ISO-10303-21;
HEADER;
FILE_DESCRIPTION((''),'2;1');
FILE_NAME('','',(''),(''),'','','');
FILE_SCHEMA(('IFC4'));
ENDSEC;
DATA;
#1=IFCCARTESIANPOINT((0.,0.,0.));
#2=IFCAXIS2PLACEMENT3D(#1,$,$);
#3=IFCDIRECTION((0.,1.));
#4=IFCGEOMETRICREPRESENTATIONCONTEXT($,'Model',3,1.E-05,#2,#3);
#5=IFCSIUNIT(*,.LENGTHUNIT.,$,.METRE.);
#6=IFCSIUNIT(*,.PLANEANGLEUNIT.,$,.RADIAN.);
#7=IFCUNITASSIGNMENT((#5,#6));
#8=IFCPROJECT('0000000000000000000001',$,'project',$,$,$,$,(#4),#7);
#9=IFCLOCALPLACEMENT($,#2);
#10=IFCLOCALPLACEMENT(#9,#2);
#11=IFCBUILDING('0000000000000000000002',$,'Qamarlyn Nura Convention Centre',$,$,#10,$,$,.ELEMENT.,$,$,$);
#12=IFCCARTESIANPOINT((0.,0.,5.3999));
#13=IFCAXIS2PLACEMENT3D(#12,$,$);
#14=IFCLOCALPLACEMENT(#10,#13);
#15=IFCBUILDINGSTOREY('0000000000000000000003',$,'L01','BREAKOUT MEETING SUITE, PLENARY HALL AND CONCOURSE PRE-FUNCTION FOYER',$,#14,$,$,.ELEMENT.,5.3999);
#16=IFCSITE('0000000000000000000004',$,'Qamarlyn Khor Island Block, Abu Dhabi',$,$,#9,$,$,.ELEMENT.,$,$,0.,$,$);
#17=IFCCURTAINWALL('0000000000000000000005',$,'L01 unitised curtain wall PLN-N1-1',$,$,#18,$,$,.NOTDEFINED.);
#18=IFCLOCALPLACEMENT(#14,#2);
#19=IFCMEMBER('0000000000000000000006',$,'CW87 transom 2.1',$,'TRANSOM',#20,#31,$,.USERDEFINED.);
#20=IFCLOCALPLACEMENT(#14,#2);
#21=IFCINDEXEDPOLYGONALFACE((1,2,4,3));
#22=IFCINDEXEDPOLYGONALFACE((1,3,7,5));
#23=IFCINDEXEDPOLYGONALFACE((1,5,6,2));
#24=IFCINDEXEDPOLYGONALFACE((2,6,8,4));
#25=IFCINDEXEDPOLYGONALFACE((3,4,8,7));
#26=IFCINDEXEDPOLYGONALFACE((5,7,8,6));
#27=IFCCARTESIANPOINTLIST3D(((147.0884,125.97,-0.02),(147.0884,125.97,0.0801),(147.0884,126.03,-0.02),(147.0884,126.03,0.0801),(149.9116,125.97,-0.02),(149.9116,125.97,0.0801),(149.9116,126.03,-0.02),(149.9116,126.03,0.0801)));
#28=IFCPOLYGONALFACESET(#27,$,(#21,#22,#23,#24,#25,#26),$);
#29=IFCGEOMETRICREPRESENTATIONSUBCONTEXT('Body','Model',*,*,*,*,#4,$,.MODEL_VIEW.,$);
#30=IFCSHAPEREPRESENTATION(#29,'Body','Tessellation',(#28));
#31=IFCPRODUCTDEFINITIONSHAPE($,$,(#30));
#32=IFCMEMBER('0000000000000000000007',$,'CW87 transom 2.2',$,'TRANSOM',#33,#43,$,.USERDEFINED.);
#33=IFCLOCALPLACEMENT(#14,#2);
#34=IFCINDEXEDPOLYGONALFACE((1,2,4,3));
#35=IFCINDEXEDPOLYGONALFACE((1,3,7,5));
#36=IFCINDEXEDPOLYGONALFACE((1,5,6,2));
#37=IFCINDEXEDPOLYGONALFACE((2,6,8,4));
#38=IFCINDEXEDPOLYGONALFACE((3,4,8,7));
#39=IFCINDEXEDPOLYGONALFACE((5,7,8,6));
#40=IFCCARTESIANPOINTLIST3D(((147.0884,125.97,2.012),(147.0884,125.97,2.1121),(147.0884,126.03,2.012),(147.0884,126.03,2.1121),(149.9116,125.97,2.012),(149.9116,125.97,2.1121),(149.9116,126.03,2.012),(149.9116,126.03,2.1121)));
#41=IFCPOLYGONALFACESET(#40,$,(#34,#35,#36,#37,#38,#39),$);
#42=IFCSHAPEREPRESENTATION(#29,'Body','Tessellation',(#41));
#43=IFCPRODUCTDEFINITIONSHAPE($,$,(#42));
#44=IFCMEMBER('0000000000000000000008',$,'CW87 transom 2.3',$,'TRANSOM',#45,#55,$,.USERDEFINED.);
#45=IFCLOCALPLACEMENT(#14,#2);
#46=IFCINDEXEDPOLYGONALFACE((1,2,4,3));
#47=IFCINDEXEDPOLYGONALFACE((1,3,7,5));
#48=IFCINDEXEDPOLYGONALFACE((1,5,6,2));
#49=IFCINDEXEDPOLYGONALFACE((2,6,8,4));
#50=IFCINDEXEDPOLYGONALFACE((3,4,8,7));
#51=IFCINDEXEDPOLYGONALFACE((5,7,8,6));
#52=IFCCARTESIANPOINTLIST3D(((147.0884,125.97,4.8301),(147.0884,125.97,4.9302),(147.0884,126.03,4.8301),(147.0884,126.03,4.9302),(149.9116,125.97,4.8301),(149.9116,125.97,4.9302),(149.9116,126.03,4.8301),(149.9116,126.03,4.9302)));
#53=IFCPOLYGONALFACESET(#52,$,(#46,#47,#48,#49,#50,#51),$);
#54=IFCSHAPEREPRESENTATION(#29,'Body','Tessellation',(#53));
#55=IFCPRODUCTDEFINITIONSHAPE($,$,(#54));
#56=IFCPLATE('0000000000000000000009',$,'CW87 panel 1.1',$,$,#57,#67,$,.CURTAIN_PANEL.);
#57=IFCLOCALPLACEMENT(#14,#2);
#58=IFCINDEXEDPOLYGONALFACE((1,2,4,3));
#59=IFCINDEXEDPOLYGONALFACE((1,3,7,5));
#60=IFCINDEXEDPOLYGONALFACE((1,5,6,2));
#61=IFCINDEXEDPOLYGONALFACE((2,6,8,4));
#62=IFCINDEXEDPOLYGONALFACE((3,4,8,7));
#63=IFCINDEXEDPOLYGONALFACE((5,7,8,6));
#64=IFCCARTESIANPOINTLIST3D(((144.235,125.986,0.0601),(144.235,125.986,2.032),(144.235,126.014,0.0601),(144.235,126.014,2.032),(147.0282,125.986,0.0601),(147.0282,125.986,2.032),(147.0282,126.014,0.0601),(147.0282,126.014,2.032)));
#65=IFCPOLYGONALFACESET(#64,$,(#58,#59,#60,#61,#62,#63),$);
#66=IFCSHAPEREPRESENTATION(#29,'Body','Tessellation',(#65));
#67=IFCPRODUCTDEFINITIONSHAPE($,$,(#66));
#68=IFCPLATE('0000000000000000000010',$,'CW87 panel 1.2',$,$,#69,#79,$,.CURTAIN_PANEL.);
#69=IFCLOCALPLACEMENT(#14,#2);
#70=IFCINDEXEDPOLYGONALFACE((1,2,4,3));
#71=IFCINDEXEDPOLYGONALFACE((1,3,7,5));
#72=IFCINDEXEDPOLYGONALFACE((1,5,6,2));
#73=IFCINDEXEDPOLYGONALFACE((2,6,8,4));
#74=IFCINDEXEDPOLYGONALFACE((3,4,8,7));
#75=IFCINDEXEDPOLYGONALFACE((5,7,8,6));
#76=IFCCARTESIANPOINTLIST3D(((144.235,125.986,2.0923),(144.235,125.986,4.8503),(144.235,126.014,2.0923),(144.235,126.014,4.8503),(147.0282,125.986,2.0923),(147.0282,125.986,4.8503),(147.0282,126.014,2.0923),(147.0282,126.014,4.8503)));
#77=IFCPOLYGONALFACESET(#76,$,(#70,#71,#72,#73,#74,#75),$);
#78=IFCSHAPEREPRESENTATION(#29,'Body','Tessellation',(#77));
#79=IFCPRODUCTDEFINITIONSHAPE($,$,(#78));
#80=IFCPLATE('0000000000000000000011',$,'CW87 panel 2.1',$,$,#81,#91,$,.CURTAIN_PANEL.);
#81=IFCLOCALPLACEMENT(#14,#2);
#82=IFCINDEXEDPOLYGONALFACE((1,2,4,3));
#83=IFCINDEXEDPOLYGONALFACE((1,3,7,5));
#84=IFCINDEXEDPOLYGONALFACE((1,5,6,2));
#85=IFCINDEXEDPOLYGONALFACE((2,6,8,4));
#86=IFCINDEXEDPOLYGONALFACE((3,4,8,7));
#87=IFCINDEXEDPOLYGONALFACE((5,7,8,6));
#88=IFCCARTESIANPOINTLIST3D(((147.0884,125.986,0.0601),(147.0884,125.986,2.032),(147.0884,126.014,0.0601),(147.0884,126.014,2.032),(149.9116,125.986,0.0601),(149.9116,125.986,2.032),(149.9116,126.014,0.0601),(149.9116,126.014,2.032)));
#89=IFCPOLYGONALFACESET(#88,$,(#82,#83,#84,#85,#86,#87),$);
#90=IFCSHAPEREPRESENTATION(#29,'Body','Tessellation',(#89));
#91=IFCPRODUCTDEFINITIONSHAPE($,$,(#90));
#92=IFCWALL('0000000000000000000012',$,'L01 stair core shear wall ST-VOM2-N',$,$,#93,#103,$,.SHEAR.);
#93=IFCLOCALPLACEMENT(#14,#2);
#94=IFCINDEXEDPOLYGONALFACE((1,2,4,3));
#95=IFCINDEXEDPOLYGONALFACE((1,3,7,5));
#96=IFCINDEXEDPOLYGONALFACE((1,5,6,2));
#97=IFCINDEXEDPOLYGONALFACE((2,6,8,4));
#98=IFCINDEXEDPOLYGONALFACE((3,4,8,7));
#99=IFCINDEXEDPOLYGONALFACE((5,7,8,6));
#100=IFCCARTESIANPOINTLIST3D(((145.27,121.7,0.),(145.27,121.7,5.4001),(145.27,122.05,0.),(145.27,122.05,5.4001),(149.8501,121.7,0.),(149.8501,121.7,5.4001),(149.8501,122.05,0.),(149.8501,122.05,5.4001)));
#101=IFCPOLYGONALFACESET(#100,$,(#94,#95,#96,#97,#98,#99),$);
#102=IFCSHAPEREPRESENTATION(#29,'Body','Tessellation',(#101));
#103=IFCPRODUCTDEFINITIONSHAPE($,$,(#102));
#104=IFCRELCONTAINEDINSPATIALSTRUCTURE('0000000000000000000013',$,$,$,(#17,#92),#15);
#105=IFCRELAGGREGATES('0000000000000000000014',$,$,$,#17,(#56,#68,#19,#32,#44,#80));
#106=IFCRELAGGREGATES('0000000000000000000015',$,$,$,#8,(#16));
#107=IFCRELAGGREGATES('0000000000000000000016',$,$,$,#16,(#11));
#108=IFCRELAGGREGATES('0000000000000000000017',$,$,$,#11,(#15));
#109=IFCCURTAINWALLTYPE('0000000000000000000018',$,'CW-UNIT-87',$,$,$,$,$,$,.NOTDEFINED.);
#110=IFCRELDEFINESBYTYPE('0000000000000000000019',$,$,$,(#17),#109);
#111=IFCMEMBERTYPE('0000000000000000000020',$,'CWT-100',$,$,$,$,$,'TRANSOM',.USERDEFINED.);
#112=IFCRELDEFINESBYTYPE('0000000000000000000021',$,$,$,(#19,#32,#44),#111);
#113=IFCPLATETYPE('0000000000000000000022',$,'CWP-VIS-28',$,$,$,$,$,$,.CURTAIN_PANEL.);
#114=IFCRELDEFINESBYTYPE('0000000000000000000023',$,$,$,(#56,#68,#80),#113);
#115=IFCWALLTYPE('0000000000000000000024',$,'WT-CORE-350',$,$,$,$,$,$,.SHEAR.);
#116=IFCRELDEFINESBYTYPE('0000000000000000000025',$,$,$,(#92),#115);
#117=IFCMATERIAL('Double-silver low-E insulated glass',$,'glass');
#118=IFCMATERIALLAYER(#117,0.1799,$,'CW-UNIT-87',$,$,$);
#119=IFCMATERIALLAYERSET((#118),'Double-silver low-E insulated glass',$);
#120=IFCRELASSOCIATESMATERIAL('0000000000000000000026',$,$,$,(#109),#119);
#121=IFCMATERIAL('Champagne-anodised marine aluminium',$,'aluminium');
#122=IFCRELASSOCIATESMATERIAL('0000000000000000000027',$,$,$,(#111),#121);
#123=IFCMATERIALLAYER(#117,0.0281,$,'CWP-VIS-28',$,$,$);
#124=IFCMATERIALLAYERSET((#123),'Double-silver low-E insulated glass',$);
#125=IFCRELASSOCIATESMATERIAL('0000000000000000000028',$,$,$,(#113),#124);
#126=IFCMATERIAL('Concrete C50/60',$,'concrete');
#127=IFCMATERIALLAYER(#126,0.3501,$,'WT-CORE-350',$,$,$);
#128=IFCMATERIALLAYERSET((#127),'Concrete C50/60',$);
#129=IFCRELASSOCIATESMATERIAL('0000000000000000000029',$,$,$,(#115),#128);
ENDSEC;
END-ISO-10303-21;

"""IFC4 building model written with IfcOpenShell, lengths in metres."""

from ifc_helpers import new_model, si_unit, direction, frame, frame_2d, origin, origin_2d, place, context, subcontext, project, spatial, rectangle, extrude, material, layer, layer_set, material_profile, profile_set, type_object, element, aggregate, save


model = new_model("IFC4")

# Units and contexts
model_context = context("Model", 3, precision=1e-05, world=origin(), true_north=direction((0.0, 1.0)))
body_context = subcontext(model_context, "Body", "Model", "MODEL_VIEW")
ifc_project = project(units=[si_unit("LENGTHUNIT", "METRE"), si_unit("PLANEANGLEUNIT", "RADIAN")], contexts=[model_context])

# Site, building, storey
site_placement = place(None, origin())
site = spatial("IfcSite", under=ifc_project, at=site_placement, Name="Qamarlyn Khor Island Block, Abu Dhabi", CompositionType="ELEMENT", RefElevation=0.0)
building_placement = place(site_placement, origin())
building = spatial("IfcBuilding", under=site, at=building_placement, Name="Qamarlyn Nura Convention Centre", CompositionType="ELEMENT")
storey_placement = place(building_placement, frame((0.0, 0.0, 5.3999)))
storey = spatial("IfcBuildingStorey", under=building, at=storey_placement, Name="L01", Description="BREAKOUT MEETING SUITE, PLENARY HALL AND CONCOURSE PRE-FUNCTION FOYER", CompositionType="ELEMENT", Elevation=5.3999)

# Curtain wall, members, plates
ifc_material_1 = material(Name="Double-silver low-E insulated glass", Category="glass")
ifc_layer_1 = layer(ifc_material_1, 0.1799, Name="CW-UNIT-87")
ifc_layer_set_1 = layer_set([ifc_layer_1], Name="Double-silver low-E insulated glass")
curtain_wall_type = type_object("IfcCurtainWallType", Name="CW-UNIT-87", PredefinedType="NOTDEFINED", material=ifc_layer_set_1)
curtain_wall_placement = place(storey_placement, origin())
curtain_wall = element("IfcCurtainWall", 1, at=curtain_wall_placement, inside=storey, type_object=curtain_wall_type, Name="L01 unitised curtain wall PLN-N1-1", PredefinedType="NOTDEFINED")
ifc_material_2 = material(Name="Champagne-anodised marine aluminium", Category="aluminium")
ifc_material_profile_1 = material_profile(ifc_material_2, rectangle(XDim=0.0601, YDim=0.1001, at=origin_2d()), Name="ALU TRANSOM 60x100")
ifc_profile_set_1 = profile_set([ifc_material_profile_1], Name="Champagne-anodised marine aluminium")
member_type_1 = type_object("IfcMemberType", Name="CWT-100", ElementType="TRANSOM", PredefinedType="USERDEFINED", material=ifc_profile_set_1)
member_1_placement = place(storey_placement, frame((147.0884, 126.0, 0.03), z_axis=(1.0, 0.0, 0.0), x_axis=(0.0, 1.0, 0.0)))
member_1 = element("IfcMember", 2, at=member_1_placement, type_object=member_type_1, Name="CW87 transom 2.1", ObjectType="TRANSOM", PredefinedType="USERDEFINED", context=body_context, shape_type="SweptSolid", body=[
    extrude(rectangle(XDim=0.0601, YDim=0.1001, at=origin_2d()), origin(), (0.0, 0.0, 1.0), 2.8232),
])
member_2_placement = place(storey_placement, frame((147.0884, 126.0, 2.062), z_axis=(1.0, 0.0, 0.0), x_axis=(0.0, 1.0, 0.0)))
member_2 = element("IfcMember", 3, at=member_2_placement, type_object=member_type_1, Name="CW87 transom 2.2", ObjectType="TRANSOM", PredefinedType="USERDEFINED", context=body_context, shape_type="SweptSolid", body=[
    extrude(rectangle(XDim=0.0601, YDim=0.1001, at=origin_2d()), origin(), (0.0, 0.0, 1.0), 2.8232),
])
member_3_placement = place(storey_placement, frame((147.0884, 126.0, 4.8801), z_axis=(1.0, 0.0, 0.0), x_axis=(0.0, 1.0, 0.0)))
member_3 = element("IfcMember", 4, at=member_3_placement, type_object=member_type_1, Name="CW87 transom 2.3", ObjectType="TRANSOM", PredefinedType="USERDEFINED", context=body_context, shape_type="SweptSolid", body=[
    extrude(rectangle(XDim=0.0601, YDim=0.1001, at=origin_2d()), origin(), (0.0, 0.0, 1.0), 2.8232),
])
ifc_layer_2 = layer(ifc_material_1, 0.0281, Name="CWP-VIS-28")
ifc_layer_set_2 = layer_set([ifc_layer_2], Name="Double-silver low-E insulated glass")
plate_type = type_object("IfcPlateType", Name="CWP-VIS-28", PredefinedType="CURTAIN_PANEL", material=ifc_layer_set_2)
plate_1_placement = place(storey_placement, frame((145.6316, 126.0, 0.0601), z_axis=(0.0, 0.0, 1.0), x_axis=(1.0, 0.0, 0.0)))
plate_1 = element("IfcPlate", 5, at=plate_1_placement, type_object=plate_type, Name="CW87 panel 1.1", PredefinedType="CURTAIN_PANEL", context=body_context, shape_type="SweptSolid", body=[
    extrude(rectangle(XDim=2.7932, YDim=0.0281, at=origin_2d()), origin(), (0.0, 0.0, 1.0), 1.9719),
])
plate_2_placement = place(storey_placement, frame((145.6316, 126.0, 2.0923), z_axis=(0.0, 0.0, 1.0), x_axis=(1.0, 0.0, 0.0)))
plate_2 = element("IfcPlate", 6, at=plate_2_placement, type_object=plate_type, Name="CW87 panel 1.2", PredefinedType="CURTAIN_PANEL", context=body_context, shape_type="SweptSolid", body=[
    extrude(rectangle(XDim=2.7932, YDim=0.0281, at=origin_2d()), origin(), (0.0, 0.0, 1.0), 2.7581),
])
plate_3_placement = place(storey_placement, frame((148.5, 126.0, 0.0601), z_axis=(0.0, 0.0, 1.0), x_axis=(1.0, 0.0, 0.0)))
plate_3 = element("IfcPlate", 7, at=plate_3_placement, type_object=plate_type, Name="CW87 panel 2.1", PredefinedType="CURTAIN_PANEL", context=body_context, shape_type="SweptSolid", body=[
    extrude(rectangle(XDim=2.8232, YDim=0.0281, at=origin_2d()), origin(), (0.0, 0.0, 1.0), 1.9719),
])
aggregate(curtain_wall, [plate_1, plate_2, member_1, member_2, member_3, plate_3])

# Wall
ifc_material_3 = material(Name="Concrete C50/60", Category="concrete")
ifc_layer_3 = layer(ifc_material_3, 0.3501, Name="WT-CORE-350")
ifc_layer_set_3 = layer_set([ifc_layer_3], Name="Concrete C50/60")
wall_type = type_object("IfcWallType", Name="WT-CORE-350", PredefinedType="SHEAR", material=ifc_layer_set_3)
wall_placement = place(storey_placement, frame((149.8501, 121.875, 0.0), z_axis=(0.0, 0.0, 1.0), x_axis=(-1.0, 0.0, 0.0)))
element("IfcWall", 8, at=wall_placement, inside=storey, type_object=wall_type, Name="L01 stair core shear wall ST-VOM2-N", PredefinedType="SHEAR", context=body_context, shape_type="SweptSolid", body=[
    extrude(rectangle(XDim=4.5801, YDim=0.3501, at=frame_2d((2.29, 0.0))), origin(), (0.0, 0.0, 1.0), 5.4001),
])

save(model, "model.ifc")
